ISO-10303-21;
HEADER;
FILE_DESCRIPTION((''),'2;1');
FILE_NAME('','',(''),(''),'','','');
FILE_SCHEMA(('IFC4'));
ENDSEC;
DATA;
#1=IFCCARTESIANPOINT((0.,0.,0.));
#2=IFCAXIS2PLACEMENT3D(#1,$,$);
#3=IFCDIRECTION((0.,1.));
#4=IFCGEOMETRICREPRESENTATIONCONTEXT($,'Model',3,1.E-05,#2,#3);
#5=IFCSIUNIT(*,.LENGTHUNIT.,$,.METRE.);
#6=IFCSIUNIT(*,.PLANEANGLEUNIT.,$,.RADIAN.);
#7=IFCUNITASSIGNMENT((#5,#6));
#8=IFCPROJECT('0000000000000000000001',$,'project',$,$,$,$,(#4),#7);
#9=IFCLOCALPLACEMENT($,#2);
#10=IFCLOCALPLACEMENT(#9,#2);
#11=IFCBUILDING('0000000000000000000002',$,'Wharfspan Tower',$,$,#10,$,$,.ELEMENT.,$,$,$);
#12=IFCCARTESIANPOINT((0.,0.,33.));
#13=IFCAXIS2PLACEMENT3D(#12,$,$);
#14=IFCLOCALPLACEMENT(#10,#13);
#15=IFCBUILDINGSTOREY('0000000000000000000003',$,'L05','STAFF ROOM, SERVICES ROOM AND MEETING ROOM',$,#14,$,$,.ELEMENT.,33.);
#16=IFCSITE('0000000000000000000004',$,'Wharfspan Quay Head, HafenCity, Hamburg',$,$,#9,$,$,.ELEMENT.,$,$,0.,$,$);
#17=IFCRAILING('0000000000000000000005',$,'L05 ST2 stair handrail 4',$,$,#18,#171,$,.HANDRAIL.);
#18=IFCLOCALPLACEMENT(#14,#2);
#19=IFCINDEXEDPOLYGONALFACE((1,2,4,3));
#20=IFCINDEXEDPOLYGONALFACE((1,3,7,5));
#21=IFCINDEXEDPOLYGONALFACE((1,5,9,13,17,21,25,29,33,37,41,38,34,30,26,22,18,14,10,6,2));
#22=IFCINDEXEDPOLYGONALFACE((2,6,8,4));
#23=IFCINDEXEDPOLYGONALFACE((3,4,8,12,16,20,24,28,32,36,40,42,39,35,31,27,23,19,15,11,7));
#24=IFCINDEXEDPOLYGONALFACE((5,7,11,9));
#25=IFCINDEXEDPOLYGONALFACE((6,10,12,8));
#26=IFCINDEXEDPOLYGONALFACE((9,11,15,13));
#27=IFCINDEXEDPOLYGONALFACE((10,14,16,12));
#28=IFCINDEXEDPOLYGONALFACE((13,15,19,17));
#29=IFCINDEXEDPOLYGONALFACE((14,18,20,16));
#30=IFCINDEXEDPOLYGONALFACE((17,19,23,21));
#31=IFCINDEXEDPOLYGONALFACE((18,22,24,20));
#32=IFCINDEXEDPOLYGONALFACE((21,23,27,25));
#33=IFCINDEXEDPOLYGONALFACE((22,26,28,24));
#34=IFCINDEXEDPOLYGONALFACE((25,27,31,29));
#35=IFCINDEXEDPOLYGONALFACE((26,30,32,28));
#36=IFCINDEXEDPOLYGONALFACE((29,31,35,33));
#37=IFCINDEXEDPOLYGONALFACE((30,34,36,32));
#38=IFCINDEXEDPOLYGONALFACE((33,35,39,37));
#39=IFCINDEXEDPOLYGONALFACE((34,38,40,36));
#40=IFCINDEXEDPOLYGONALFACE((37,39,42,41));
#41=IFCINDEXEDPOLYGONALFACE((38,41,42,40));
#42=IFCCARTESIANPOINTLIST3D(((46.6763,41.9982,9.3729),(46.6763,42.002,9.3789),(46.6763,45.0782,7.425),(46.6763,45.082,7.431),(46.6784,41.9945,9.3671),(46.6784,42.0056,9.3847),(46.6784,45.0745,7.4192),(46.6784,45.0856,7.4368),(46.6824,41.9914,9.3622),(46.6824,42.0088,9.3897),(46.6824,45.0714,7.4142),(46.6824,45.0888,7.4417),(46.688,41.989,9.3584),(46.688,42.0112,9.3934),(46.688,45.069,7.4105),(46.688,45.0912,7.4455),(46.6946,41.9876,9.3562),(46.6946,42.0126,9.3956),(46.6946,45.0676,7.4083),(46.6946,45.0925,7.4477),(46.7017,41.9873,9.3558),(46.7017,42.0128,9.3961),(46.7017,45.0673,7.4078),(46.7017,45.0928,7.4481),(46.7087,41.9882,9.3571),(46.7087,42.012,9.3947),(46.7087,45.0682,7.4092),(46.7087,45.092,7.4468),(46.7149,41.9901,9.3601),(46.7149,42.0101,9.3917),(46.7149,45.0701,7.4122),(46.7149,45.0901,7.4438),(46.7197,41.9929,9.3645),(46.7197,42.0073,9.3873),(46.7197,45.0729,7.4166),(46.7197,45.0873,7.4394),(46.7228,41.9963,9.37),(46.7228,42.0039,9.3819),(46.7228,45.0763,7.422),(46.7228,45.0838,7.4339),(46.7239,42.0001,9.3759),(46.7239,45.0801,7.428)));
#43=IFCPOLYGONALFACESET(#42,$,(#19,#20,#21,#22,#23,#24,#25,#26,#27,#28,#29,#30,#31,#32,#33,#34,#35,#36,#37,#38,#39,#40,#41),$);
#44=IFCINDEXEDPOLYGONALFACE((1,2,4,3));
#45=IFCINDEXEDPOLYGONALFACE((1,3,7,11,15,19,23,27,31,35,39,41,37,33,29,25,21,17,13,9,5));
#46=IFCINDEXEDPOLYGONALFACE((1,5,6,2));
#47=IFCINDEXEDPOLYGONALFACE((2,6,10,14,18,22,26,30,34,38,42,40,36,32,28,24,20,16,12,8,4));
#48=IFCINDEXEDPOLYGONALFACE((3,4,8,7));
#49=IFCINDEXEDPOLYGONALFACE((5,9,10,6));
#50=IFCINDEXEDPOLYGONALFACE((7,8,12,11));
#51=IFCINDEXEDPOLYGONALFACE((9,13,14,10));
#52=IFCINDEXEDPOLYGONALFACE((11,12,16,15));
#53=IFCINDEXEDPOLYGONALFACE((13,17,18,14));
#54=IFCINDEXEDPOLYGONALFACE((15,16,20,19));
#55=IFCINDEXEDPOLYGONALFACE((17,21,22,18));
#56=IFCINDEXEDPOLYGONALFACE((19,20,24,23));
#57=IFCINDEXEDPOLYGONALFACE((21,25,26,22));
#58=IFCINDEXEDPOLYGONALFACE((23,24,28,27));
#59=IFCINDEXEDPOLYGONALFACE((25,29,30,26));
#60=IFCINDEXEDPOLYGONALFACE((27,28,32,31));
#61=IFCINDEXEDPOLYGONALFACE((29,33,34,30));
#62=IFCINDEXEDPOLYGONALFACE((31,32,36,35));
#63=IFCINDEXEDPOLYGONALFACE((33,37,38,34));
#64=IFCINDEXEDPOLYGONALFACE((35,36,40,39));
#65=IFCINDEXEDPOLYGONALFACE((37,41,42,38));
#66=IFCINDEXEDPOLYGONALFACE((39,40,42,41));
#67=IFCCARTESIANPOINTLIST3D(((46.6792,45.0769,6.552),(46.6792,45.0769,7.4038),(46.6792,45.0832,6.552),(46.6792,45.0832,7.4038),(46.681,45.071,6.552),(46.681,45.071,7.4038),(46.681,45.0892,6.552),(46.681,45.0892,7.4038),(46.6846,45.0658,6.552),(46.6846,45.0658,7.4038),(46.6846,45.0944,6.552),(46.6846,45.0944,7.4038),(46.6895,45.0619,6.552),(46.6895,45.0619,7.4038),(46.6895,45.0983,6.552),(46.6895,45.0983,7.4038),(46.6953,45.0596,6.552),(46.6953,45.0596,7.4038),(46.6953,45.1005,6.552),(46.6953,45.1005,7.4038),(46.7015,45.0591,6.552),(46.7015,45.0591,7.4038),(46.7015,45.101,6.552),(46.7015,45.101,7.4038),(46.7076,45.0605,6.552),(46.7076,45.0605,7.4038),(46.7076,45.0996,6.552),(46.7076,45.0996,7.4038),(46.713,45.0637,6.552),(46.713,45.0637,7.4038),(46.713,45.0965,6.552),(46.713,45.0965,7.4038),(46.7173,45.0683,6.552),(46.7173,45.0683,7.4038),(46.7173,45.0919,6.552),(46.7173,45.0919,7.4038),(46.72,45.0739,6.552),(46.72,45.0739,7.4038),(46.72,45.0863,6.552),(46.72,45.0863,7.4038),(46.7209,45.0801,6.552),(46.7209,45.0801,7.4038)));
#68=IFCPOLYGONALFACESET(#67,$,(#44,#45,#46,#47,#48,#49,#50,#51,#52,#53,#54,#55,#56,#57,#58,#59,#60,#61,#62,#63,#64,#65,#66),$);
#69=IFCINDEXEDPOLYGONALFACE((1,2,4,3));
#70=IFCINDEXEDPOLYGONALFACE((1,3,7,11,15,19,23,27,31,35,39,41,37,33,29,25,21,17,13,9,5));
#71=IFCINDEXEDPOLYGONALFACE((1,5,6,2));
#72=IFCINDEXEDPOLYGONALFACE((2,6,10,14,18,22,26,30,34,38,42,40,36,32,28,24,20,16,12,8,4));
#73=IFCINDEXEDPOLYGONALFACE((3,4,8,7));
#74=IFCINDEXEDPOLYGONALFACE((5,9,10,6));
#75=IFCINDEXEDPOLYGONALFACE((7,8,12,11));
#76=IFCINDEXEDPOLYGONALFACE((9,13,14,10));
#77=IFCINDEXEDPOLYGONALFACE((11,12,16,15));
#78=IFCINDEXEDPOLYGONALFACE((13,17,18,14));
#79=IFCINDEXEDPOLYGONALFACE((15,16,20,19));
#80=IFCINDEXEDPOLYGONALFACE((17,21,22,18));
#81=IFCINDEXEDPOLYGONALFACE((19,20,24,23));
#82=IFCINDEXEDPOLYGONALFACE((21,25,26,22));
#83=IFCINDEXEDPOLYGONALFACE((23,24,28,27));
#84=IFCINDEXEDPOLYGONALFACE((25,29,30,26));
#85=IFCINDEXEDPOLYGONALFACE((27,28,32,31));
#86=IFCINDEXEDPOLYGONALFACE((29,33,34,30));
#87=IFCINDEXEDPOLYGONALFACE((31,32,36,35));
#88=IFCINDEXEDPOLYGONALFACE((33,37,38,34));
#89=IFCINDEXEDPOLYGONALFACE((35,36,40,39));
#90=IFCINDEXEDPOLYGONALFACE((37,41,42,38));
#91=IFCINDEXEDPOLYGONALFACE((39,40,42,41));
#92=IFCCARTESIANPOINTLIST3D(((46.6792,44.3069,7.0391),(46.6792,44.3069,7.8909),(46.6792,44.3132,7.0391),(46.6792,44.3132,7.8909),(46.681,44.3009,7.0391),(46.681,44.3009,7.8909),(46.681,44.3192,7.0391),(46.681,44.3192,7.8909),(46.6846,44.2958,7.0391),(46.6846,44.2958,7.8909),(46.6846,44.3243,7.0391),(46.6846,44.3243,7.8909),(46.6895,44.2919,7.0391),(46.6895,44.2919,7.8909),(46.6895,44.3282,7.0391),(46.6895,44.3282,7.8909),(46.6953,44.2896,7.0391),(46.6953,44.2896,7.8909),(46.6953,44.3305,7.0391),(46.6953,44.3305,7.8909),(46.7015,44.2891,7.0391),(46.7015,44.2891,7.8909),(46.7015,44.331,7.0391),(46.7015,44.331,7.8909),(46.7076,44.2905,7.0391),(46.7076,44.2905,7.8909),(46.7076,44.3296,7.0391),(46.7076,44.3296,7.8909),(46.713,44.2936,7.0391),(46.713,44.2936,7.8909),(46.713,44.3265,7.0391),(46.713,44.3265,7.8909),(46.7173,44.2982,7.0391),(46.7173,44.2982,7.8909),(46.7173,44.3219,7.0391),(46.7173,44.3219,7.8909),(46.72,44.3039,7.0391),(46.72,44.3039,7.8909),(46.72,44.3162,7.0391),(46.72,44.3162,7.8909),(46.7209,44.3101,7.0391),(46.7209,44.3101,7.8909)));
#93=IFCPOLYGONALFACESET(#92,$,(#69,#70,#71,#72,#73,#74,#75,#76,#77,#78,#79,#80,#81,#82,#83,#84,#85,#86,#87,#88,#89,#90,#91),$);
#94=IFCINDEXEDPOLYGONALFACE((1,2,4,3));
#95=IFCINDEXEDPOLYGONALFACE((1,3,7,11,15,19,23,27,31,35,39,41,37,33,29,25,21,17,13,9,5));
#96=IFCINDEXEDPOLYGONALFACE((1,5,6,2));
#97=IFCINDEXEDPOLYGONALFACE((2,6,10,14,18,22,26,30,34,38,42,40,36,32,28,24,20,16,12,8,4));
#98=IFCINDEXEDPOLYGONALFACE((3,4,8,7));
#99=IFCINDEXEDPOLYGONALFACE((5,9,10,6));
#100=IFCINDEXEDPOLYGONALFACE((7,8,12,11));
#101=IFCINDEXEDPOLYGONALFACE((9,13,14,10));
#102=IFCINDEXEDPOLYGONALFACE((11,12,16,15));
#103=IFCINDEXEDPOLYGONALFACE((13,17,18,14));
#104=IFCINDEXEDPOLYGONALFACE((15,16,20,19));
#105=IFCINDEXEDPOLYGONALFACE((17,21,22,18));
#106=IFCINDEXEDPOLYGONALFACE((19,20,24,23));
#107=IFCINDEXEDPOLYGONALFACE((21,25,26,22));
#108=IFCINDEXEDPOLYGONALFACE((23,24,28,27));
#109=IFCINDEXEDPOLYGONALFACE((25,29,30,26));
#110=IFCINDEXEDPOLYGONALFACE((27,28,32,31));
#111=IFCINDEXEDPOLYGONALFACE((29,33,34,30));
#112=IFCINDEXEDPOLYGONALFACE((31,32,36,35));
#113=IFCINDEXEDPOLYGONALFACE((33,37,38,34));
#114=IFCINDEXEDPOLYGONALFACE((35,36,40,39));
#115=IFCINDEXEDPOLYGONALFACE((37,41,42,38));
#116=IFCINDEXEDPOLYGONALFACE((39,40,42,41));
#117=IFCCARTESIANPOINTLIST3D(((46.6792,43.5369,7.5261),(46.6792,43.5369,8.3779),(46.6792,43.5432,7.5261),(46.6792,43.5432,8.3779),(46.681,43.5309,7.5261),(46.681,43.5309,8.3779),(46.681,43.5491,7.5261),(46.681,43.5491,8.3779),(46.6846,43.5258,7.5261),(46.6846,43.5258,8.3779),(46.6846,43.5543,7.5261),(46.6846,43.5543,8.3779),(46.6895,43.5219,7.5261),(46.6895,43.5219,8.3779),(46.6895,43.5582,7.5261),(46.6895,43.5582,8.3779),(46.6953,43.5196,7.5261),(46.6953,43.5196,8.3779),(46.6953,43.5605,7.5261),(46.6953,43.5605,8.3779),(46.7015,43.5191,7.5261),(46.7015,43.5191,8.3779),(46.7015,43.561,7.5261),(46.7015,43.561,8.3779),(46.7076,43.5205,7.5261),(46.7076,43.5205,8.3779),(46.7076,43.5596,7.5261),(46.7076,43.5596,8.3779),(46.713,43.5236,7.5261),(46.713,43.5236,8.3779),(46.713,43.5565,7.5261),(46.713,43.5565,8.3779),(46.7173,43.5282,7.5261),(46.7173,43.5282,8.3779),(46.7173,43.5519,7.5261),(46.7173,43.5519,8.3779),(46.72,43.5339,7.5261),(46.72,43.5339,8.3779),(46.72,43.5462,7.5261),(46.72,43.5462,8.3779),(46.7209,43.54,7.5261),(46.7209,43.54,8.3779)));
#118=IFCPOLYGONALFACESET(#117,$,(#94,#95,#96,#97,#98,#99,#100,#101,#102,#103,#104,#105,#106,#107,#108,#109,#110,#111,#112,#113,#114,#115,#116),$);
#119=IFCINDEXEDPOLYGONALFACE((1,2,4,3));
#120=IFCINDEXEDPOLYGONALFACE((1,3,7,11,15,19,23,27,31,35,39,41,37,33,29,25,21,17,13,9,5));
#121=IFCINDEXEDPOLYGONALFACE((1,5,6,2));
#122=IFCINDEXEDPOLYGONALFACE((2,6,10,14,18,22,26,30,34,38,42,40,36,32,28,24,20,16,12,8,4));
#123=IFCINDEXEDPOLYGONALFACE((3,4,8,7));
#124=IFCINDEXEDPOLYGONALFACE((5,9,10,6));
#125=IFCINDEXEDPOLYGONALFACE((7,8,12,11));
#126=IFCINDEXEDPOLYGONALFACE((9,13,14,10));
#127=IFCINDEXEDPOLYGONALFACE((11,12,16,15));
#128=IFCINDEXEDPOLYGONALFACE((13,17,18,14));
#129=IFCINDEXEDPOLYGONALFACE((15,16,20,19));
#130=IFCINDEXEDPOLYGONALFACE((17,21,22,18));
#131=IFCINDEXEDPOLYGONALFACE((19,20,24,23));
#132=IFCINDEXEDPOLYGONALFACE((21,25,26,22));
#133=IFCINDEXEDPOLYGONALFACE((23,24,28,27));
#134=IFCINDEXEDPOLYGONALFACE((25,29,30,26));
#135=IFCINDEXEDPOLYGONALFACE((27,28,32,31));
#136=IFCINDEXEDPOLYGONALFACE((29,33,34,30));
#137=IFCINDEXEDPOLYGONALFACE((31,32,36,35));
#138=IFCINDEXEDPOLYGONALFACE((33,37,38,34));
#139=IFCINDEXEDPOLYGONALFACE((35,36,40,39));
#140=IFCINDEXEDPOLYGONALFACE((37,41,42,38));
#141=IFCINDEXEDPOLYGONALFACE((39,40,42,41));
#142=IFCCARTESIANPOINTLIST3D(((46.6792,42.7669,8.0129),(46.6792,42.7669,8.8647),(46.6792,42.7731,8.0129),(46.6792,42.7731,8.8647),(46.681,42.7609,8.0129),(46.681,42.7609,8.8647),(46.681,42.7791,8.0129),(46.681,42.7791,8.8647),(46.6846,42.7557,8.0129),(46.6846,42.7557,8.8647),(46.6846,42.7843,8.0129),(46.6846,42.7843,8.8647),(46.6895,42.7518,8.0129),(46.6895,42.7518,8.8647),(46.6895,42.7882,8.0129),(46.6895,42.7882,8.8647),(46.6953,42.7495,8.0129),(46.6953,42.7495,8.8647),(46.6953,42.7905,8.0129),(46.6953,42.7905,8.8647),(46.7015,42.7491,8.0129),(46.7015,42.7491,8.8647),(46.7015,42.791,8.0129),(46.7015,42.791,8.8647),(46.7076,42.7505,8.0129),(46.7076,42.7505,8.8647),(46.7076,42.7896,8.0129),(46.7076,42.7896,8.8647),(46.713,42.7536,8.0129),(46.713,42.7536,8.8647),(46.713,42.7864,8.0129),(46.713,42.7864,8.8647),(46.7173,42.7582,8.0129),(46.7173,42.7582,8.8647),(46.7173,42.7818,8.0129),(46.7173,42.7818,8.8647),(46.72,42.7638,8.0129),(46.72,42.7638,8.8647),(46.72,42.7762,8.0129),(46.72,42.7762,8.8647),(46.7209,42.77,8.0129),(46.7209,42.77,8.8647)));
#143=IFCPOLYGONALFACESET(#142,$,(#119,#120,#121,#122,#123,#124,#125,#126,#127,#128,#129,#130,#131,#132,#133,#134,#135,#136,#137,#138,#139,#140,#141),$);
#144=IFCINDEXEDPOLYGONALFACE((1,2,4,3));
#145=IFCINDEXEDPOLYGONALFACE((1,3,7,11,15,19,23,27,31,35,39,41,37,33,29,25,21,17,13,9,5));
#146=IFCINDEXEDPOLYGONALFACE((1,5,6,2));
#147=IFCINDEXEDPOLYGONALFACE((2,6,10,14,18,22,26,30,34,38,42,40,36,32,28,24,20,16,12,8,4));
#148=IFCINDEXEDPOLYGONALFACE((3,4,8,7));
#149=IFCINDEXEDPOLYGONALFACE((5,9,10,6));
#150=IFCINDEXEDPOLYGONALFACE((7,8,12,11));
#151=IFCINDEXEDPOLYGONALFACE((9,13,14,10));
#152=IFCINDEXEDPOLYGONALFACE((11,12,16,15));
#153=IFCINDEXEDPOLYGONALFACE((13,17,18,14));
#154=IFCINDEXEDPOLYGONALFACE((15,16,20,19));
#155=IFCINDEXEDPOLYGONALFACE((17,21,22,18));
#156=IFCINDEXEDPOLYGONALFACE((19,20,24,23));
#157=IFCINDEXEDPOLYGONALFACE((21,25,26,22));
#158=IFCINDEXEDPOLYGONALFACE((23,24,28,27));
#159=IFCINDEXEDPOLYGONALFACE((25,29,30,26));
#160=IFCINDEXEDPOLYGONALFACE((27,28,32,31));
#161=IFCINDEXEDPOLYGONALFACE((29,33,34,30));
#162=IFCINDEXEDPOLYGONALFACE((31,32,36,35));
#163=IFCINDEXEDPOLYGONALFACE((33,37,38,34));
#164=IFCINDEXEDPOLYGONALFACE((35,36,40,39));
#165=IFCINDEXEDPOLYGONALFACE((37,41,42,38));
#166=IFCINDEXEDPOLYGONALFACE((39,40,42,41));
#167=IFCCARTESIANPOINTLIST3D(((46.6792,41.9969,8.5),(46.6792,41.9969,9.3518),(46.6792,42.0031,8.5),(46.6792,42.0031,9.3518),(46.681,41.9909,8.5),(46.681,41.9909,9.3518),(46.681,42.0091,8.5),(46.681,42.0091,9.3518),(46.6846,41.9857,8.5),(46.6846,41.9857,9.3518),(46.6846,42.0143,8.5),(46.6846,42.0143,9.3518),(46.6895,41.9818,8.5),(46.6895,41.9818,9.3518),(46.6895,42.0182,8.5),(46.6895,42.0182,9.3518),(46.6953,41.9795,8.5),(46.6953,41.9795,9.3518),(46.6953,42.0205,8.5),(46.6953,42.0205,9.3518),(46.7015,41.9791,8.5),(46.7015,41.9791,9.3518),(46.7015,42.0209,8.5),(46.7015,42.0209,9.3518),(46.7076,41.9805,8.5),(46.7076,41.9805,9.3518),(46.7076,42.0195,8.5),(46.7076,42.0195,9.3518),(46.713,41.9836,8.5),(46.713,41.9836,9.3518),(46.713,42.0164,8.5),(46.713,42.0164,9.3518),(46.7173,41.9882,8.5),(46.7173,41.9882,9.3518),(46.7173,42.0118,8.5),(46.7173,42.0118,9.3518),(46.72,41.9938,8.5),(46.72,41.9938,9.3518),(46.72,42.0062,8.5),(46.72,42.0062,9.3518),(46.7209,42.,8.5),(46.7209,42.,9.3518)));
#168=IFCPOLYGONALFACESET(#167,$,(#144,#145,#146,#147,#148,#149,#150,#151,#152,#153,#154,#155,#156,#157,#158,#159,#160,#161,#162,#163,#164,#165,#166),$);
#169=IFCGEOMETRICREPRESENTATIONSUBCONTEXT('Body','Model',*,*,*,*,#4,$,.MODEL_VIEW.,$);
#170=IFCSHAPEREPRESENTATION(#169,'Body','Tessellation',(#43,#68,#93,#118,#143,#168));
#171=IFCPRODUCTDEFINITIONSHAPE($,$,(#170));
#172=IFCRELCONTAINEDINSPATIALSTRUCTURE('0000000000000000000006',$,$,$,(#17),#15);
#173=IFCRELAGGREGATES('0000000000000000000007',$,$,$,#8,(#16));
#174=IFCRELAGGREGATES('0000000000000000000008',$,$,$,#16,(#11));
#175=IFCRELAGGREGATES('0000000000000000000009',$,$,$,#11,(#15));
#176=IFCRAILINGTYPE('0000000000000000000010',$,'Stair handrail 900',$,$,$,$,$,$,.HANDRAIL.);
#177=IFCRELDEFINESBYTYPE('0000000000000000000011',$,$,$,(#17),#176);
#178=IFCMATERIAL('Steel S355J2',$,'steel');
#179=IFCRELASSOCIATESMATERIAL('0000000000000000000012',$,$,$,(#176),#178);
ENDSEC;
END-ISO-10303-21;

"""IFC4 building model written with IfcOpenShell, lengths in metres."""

from ifc_helpers import new_model, si_unit, direction, frame, origin, origin_2d, place, context, subcontext, project, spatial, circle, extrude, material, type_object, element, save


model = new_model("IFC4")

# Units and contexts
model_context = context("Model", 3, precision=1e-05, world=origin(), true_north=direction((0.0, 1.0)))
body_context = subcontext(model_context, "Body", "Model", "MODEL_VIEW")
ifc_project = project(units=[si_unit("LENGTHUNIT", "METRE"), si_unit("PLANEANGLEUNIT", "RADIAN")], contexts=[model_context])

# Site, building, storey
site_placement = place(None, origin())
site = spatial("IfcSite", under=ifc_project, at=site_placement, Name="Wharfspan Quay Head, HafenCity, Hamburg", CompositionType="ELEMENT", RefElevation=0.0)
building_placement = place(site_placement, origin())
building = spatial("IfcBuilding", under=site, at=building_placement, Name="Wharfspan Tower", CompositionType="ELEMENT")
storey_placement = place(building_placement, frame((0.0, 0.0, 33.0)))
storey = spatial("IfcBuildingStorey", under=building, at=storey_placement, Name="L05", Description="STAFF ROOM, SERVICES ROOM AND MEETING ROOM", CompositionType="ELEMENT", Elevation=33.0)

# Railing
ifc_material_1 = material(Name="Steel S355J2", Category="steel")
railing_type_1 = type_object("IfcRailingType", Name="Stair handrail 900", PredefinedType="HANDRAIL", material=ifc_material_1)
railing_1_placement = place(storey_placement, frame((46.7, 45.0801, 6.552)))
element("IfcRailing", 1, at=railing_1_placement, inside=storey, type_object=railing_type_1, Name="L05 ST2 stair handrail 4", PredefinedType="HANDRAIL", context=body_context, shape_type="SweptSolid", body=[
    extrude(circle(Radius=0.0239, at=origin_2d()), frame((0.0, 0.0, 0.876), z_axis=(0.0, -0.845156, 0.53452), x_axis=(1.0, 0.0, 0.0)), (0.0, 0.0, 1.0), 3.6443),
    extrude(circle(Radius=0.021, at=origin_2d()), origin(), (0.0, 0.0, 1.0), 0.8518),
    extrude(circle(Radius=0.021, at=origin_2d()), frame((0.0, -0.77, 0.4871)), (0.0, 0.0, 1.0), 0.8518),
    extrude(circle(Radius=0.021, at=origin_2d()), frame((0.0, -1.54, 0.9741)), (0.0, 0.0, 1.0), 0.8518),
    extrude(circle(Radius=0.021, at=origin_2d()), frame((0.0, -2.3101, 1.4609)), (0.0, 0.0, 1.0), 0.8518),
    extrude(circle(Radius=0.021, at=origin_2d()), frame((0.0, -3.0801, 1.948)), (0.0, 0.0, 1.0), 0.8518),
])

save(model, "model.ifc")
